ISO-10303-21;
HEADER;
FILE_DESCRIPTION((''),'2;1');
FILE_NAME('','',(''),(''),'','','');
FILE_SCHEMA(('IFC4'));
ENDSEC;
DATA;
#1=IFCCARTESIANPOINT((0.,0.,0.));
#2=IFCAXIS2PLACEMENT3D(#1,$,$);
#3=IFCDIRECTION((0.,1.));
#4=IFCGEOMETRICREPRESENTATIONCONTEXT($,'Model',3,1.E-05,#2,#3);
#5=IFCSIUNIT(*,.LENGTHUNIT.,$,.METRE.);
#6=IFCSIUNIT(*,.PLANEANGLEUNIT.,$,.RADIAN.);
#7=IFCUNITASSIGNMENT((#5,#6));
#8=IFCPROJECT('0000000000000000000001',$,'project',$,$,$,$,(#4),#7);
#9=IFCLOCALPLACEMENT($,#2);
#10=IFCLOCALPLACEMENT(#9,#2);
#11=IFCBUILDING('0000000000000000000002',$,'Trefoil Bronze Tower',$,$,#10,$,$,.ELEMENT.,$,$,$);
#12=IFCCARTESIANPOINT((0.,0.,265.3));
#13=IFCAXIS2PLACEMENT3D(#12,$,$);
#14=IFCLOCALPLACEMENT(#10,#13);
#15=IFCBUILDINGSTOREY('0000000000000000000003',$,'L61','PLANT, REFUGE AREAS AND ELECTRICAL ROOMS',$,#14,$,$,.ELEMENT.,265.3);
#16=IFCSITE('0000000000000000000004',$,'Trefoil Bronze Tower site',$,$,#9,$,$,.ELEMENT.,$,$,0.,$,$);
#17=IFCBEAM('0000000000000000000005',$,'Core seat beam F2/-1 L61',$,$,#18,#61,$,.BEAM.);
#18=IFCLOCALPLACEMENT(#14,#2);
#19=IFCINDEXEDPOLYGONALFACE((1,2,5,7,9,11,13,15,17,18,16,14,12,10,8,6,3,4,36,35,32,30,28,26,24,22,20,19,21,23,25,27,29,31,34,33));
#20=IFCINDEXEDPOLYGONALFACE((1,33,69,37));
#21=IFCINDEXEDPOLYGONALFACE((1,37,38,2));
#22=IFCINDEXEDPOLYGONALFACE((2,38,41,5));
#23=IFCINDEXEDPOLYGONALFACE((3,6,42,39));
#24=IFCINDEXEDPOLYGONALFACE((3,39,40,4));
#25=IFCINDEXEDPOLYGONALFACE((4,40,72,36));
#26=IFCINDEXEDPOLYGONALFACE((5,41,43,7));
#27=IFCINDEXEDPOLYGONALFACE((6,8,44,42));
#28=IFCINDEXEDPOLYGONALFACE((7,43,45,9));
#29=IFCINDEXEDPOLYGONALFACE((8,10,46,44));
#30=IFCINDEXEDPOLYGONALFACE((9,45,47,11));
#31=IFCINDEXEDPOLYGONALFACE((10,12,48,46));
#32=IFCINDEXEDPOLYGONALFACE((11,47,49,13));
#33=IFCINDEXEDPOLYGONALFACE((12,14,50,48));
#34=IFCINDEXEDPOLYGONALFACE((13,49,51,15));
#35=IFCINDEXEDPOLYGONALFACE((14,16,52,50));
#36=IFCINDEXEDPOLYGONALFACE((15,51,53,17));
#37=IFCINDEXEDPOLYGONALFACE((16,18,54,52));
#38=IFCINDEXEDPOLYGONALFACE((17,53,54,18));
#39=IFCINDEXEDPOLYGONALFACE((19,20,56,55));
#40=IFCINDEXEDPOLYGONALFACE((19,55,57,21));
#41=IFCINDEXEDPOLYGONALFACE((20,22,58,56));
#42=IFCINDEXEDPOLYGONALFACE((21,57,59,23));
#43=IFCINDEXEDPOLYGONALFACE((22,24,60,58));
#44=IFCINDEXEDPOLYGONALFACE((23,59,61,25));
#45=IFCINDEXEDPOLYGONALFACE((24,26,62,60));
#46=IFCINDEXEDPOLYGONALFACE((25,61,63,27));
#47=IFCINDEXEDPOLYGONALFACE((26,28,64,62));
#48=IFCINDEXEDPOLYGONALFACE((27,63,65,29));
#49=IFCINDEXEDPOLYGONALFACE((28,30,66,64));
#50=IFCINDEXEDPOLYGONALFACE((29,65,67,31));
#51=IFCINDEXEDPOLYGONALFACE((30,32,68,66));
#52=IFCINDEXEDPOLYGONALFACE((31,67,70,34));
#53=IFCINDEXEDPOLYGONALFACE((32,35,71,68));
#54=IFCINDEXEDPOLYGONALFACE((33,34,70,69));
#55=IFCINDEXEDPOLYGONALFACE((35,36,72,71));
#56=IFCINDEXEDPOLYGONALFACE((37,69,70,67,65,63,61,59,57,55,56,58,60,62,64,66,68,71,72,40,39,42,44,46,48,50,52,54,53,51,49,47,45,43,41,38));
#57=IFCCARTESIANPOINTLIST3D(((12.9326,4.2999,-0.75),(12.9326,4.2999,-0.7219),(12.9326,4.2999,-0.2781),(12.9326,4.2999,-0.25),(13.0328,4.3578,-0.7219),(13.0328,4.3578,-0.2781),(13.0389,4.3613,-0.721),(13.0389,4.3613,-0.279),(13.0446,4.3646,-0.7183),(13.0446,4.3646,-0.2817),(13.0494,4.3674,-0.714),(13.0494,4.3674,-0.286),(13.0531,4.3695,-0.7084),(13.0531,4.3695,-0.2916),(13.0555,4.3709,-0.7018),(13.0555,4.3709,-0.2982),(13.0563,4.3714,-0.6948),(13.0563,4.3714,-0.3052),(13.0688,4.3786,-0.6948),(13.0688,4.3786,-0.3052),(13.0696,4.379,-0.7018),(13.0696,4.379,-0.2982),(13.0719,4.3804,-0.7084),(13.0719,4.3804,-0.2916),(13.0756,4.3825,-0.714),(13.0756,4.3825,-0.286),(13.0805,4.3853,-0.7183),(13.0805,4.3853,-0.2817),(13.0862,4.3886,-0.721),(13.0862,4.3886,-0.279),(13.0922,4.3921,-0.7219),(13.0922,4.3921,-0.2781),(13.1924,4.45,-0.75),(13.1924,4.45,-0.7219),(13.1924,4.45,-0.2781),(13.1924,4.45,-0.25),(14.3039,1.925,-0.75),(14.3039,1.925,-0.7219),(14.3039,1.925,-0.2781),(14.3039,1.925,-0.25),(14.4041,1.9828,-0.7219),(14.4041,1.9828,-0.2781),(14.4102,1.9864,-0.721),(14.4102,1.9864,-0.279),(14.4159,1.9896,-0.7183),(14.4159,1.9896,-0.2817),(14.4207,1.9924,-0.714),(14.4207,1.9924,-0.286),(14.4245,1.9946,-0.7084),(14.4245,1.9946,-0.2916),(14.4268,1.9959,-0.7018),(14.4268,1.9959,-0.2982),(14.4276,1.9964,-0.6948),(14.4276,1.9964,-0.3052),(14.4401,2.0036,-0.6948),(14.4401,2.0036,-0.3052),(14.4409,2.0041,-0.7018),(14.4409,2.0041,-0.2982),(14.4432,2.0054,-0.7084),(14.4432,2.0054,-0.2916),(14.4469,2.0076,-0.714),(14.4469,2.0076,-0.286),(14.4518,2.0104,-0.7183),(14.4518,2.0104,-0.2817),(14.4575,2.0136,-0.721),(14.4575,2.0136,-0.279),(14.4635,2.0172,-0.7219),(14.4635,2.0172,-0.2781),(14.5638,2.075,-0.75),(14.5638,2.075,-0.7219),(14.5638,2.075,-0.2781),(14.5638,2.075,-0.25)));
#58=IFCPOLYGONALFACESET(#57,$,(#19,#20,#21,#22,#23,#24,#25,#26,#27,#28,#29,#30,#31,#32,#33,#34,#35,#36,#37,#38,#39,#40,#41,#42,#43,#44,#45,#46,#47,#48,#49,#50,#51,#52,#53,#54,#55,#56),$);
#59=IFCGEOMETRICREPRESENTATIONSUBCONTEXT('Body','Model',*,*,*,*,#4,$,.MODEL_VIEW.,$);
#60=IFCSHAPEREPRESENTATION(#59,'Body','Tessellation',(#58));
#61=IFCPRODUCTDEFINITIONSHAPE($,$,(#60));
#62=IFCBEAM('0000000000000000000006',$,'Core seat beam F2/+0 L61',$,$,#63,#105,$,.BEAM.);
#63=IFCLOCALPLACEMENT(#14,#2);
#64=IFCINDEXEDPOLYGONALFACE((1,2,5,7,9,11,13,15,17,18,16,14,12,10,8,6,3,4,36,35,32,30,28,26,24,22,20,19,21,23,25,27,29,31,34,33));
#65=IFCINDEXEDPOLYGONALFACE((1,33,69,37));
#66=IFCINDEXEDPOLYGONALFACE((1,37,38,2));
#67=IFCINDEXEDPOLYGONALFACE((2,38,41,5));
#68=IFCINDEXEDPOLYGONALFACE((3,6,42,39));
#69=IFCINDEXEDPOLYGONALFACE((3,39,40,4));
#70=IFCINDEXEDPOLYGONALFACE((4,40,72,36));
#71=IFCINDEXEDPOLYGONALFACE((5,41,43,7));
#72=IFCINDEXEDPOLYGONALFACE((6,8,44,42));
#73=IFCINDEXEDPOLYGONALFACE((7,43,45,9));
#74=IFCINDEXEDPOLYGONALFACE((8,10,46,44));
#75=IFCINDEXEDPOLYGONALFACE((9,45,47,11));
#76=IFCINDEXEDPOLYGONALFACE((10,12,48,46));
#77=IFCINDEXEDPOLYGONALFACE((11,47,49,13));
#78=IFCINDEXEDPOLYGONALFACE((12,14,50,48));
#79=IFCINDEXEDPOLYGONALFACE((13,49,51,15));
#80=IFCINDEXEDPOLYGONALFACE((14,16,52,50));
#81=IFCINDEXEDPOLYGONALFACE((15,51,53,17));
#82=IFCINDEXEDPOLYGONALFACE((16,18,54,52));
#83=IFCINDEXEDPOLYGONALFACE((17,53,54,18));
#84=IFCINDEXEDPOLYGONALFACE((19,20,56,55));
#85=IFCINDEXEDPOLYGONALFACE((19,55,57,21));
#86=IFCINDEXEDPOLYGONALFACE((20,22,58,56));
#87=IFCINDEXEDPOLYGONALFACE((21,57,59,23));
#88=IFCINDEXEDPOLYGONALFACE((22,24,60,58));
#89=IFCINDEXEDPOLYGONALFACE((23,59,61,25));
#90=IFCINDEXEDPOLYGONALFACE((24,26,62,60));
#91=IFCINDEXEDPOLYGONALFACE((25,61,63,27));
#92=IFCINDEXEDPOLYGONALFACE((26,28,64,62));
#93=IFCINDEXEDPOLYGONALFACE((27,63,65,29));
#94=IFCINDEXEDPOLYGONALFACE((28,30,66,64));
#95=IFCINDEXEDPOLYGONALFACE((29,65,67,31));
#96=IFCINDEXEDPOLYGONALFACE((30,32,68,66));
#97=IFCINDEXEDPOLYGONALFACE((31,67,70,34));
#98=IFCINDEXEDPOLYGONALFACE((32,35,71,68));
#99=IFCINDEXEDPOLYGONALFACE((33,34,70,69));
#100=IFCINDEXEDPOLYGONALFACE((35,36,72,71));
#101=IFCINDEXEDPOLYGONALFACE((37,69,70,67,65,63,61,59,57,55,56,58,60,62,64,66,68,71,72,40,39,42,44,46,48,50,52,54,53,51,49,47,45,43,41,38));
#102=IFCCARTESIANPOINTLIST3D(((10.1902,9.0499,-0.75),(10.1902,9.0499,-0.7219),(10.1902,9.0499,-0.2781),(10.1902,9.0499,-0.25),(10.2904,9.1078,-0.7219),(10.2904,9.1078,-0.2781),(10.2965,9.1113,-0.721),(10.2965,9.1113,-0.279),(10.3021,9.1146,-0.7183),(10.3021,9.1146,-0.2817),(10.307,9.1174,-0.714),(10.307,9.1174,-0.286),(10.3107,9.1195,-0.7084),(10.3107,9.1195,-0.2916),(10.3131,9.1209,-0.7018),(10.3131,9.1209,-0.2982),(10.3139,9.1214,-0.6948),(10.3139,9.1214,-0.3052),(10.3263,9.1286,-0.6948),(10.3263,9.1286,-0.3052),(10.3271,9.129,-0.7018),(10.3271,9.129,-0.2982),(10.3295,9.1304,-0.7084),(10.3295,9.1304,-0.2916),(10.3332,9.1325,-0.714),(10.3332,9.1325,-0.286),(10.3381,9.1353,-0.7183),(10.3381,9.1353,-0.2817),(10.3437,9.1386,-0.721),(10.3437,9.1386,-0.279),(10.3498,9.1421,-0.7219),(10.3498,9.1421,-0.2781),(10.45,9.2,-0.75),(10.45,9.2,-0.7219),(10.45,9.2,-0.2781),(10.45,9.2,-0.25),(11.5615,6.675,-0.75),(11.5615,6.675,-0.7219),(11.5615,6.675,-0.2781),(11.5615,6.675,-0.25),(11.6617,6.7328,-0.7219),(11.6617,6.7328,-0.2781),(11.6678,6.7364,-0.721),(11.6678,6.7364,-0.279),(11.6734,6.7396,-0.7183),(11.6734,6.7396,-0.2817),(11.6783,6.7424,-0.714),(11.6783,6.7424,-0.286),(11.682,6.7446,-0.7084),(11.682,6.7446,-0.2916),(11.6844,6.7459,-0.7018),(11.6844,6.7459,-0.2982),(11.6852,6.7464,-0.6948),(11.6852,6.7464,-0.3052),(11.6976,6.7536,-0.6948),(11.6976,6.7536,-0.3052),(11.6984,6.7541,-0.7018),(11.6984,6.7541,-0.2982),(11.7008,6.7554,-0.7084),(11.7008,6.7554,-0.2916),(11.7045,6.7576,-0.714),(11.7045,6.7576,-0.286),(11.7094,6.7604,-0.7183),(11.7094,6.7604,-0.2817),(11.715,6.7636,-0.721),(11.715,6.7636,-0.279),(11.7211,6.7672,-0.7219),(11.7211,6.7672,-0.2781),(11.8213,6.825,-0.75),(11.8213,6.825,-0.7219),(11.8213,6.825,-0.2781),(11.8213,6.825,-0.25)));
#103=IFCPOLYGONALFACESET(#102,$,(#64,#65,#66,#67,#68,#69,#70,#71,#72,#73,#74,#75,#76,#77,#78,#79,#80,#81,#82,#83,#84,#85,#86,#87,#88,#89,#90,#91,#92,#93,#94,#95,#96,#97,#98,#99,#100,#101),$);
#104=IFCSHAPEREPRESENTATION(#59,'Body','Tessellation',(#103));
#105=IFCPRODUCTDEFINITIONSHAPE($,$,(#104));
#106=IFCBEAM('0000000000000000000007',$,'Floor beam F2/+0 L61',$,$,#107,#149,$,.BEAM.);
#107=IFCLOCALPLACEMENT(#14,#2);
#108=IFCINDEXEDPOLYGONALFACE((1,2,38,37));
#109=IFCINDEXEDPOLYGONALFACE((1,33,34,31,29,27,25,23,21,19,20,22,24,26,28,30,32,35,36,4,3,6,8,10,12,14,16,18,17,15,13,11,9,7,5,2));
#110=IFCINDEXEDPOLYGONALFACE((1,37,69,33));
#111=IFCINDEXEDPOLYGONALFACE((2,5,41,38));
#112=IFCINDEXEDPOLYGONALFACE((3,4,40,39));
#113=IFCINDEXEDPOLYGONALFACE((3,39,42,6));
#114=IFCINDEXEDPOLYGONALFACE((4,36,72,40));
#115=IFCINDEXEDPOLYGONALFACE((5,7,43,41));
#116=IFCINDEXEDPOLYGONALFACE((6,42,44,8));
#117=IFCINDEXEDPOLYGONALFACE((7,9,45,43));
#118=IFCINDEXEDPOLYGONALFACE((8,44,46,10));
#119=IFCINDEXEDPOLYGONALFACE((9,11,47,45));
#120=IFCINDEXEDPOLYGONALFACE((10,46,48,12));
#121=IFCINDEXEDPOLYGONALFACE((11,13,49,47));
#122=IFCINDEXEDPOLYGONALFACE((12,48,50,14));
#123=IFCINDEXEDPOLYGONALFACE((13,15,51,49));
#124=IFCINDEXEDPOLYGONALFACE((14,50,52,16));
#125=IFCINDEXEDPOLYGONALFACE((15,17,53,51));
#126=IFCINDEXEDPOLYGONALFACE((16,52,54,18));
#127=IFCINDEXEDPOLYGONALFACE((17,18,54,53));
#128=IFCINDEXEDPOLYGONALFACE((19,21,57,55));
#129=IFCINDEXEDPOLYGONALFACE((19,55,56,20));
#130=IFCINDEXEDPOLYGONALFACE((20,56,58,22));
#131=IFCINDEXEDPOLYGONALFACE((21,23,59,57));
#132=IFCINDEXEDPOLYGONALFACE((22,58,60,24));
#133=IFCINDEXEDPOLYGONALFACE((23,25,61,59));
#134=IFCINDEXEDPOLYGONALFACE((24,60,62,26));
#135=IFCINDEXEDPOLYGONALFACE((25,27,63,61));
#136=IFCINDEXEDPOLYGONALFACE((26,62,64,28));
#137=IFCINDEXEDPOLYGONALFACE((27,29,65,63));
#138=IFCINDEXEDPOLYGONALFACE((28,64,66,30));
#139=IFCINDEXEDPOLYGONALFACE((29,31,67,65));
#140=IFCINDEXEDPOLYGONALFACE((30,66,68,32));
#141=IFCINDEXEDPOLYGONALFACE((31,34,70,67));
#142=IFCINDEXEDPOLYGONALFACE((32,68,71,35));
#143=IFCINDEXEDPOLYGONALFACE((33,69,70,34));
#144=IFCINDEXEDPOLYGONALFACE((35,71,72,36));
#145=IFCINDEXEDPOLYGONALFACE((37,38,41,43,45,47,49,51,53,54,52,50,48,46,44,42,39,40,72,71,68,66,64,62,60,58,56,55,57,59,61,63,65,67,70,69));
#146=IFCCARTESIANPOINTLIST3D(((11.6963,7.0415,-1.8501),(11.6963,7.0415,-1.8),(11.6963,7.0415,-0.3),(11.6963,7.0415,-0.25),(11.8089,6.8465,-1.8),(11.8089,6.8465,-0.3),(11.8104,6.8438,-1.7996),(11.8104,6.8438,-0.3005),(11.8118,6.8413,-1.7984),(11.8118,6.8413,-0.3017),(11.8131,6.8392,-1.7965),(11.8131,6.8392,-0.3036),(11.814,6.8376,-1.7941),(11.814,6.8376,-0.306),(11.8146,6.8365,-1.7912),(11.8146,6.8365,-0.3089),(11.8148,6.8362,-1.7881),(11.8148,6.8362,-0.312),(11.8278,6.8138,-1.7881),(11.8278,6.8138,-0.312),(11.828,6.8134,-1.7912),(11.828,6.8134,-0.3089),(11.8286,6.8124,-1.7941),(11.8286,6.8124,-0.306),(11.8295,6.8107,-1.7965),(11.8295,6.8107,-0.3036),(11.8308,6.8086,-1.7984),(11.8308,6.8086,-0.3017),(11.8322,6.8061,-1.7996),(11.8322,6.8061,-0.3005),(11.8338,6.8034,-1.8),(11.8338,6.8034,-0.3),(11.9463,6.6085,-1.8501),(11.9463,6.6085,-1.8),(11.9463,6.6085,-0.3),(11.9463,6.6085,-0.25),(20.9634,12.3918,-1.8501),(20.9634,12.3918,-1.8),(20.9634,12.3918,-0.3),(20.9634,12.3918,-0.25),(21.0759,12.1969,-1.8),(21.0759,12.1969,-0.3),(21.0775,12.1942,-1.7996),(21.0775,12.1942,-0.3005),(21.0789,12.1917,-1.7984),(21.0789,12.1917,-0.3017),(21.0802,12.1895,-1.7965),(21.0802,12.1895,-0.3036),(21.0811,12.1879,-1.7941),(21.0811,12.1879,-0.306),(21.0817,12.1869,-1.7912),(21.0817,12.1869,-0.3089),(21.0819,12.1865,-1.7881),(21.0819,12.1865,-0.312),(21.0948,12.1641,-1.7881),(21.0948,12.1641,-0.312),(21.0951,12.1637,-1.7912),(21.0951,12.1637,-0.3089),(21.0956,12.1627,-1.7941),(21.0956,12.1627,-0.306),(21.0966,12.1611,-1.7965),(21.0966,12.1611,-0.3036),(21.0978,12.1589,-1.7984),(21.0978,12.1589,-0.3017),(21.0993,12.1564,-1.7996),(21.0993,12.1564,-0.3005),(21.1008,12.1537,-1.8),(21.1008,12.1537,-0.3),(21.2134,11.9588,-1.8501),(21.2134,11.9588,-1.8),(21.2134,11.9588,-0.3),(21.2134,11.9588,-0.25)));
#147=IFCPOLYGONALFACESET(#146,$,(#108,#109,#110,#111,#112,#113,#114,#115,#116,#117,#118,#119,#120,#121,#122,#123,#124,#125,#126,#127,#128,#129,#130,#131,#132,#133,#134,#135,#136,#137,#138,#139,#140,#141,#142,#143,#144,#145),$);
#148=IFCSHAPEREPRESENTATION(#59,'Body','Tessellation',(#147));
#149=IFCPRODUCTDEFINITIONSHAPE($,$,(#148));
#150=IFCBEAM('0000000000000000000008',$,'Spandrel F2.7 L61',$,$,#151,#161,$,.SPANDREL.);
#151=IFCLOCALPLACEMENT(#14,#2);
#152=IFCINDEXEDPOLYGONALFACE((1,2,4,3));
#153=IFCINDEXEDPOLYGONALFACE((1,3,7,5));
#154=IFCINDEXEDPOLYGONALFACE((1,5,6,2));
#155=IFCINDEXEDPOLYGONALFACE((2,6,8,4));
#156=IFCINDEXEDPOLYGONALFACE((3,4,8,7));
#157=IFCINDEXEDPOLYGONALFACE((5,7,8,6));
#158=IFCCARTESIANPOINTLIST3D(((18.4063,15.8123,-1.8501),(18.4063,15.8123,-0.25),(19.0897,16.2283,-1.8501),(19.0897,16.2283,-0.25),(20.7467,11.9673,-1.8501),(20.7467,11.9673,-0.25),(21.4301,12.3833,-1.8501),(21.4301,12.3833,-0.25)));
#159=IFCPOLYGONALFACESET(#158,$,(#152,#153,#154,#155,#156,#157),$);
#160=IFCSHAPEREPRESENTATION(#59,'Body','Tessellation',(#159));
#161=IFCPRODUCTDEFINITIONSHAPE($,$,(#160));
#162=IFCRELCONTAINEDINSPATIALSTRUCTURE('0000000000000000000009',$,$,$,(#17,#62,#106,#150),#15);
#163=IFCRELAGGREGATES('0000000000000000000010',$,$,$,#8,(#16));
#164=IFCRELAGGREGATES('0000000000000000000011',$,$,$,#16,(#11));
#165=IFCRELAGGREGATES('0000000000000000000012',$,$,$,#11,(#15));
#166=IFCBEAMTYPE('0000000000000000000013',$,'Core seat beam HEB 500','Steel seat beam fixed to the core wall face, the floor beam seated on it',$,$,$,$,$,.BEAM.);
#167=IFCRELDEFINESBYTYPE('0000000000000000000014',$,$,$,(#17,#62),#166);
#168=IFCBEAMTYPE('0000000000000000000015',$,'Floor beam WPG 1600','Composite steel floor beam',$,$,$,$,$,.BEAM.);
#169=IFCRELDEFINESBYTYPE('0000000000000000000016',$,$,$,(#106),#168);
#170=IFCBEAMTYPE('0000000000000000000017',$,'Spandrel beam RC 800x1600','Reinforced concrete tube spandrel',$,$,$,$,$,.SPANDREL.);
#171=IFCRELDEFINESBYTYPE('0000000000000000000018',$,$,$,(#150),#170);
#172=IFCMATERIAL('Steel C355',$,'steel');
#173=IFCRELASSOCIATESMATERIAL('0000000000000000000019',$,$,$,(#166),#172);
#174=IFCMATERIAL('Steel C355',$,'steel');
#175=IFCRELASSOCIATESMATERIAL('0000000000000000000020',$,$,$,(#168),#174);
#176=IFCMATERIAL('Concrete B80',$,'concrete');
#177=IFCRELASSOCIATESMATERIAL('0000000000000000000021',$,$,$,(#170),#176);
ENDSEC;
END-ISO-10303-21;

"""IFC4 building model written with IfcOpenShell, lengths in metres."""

from ifc_helpers import new_model, si_unit, direction, frame, origin, origin_2d, place, context, subcontext, project, spatial, rectangle, i_section, extrude, material, material_profile, profile_set, type_object, element, save


model = new_model("IFC4")

# Units and contexts
model_context = context("Model", 3, precision=1e-05, world=origin(), true_north=direction((0.0, 1.0)))
body_context = subcontext(model_context, "Body", "Model", "MODEL_VIEW")
ifc_project = project(units=[si_unit("LENGTHUNIT", "METRE"), si_unit("PLANEANGLEUNIT", "RADIAN")], contexts=[model_context])

# Site, building, storey
site_placement = place(None, origin())
site = spatial("IfcSite", under=ifc_project, at=site_placement, Name="Trefoil Bronze Tower site", CompositionType="ELEMENT", RefElevation=0.0)
building_placement = place(site_placement, origin())
building = spatial("IfcBuilding", under=site, at=building_placement, Name="Trefoil Bronze Tower", CompositionType="ELEMENT")
storey_placement = place(building_placement, frame((0.0, 0.0, 265.3)))
storey = spatial("IfcBuildingStorey", under=building, at=storey_placement, Name="L61", Description="PLANT, REFUGE AREAS AND ELECTRICAL ROOMS", CompositionType="ELEMENT", Elevation=265.3)

# Beams
ifc_material_1 = material(Name="Steel C355", Category="steel")
ifc_material_profile_1 = material_profile(ifc_material_1, i_section(OverallWidth=0.3, OverallDepth=0.5, WebThickness=0.0144, FlangeThickness=0.0281, FilletRadius=0.0271, at=origin_2d()), Name="HEB 500")
ifc_profile_set_1 = profile_set([ifc_material_profile_1], Name="Steel C355")
beam_type_1 = type_object("IfcBeamType", Name="Core seat beam HEB 500", Description="Steel seat beam fixed to the core wall face, the floor beam seated on it", PredefinedType="BEAM", material=ifc_profile_set_1)
for number, where, z_axis, x_axis, name in (
    (1, (14.4338, 2.0, -0.5), (-0.500036, 0.866005, 0.0), (-0.866005, -0.500036, 0.0), "Core seat beam F2/-1 L61"),
    (2, (11.6914, 6.75, -0.5), (-0.500036, 0.866005, 0.0), (-0.866005, -0.500036, 0.0), "Core seat beam F2/+0 L61"),
):
    element("IfcBeam", number, at=place(storey_placement, frame(where, z_axis=z_axis, x_axis=x_axis)), inside=storey, type_object=beam_type_1, Name=name, PredefinedType="BEAM", context=body_context, shape_type="SweptSolid", body=[
        extrude(i_section(OverallWidth=0.3, OverallDepth=0.5, WebThickness=0.0144, FlangeThickness=0.0281, FilletRadius=0.0271, at=origin_2d()), origin(), (0.0, 0.0, 1.0), 2.7424),
    ])
ifc_material_2 = material(Name="Steel C355", Category="steel")
ifc_material_profile_2 = material_profile(ifc_material_2, i_section(OverallWidth=0.5, OverallDepth=1.6001, WebThickness=0.0259, FlangeThickness=0.05, FilletRadius=0.012, at=origin_2d()), Name="WPG 1600")
ifc_profile_set_2 = profile_set([ifc_material_profile_2], Name="Steel C355")
beam_type_2 = type_object("IfcBeamType", Name="Floor beam WPG 1600", Description="Composite steel floor beam", PredefinedType="BEAM", material=ifc_profile_set_2)
beam_1_placement = place(storey_placement, frame((21.0884, 12.1753, -1.05), z_axis=(-0.866026, -0.499999, 0.0), x_axis=(0.499999, -0.866026, 0.0)))
element("IfcBeam", 3, at=beam_1_placement, inside=storey, type_object=beam_type_2, Name="Floor beam F2/+0 L61", PredefinedType="BEAM", context=body_context, shape_type="SweptSolid", body=[
    extrude(i_section(OverallWidth=0.5, OverallDepth=1.6001, WebThickness=0.0259, FlangeThickness=0.05, FilletRadius=0.012, at=origin_2d()), origin(), (0.0, 0.0, 1.0), 10.7007),
])
ifc_material_3 = material(Name="Concrete B80", Category="concrete")
ifc_material_profile_3 = material_profile(ifc_material_3, rectangle(XDim=0.8, YDim=1.6001, at=origin_2d()), Name="RC 800x1600")
ifc_profile_set_3 = profile_set([ifc_material_profile_3], Name="Concrete B80")
beam_type_3 = type_object("IfcBeamType", Name="Spandrel beam RC 800x1600", Description="Reinforced concrete tube spandrel", PredefinedType="SPANDREL", material=ifc_profile_set_3)
beam_2_placement = place(storey_placement, frame((21.0884, 12.1753, -1.05), z_axis=(-0.519933, 0.854207, 0.0), x_axis=(-0.854207, -0.519933, 0.0)))
element("IfcBeam", 4, at=beam_2_placement, inside=storey, type_object=beam_type_3, Name="Spandrel F2.7 L61", PredefinedType="SPANDREL", context=body_context, shape_type="SweptSolid", body=[
    extrude(rectangle(XDim=0.8, YDim=1.6001, at=origin_2d()), origin(), (0.0, 0.0, 1.0), 4.5012),
])

save(model, "model.ifc")
